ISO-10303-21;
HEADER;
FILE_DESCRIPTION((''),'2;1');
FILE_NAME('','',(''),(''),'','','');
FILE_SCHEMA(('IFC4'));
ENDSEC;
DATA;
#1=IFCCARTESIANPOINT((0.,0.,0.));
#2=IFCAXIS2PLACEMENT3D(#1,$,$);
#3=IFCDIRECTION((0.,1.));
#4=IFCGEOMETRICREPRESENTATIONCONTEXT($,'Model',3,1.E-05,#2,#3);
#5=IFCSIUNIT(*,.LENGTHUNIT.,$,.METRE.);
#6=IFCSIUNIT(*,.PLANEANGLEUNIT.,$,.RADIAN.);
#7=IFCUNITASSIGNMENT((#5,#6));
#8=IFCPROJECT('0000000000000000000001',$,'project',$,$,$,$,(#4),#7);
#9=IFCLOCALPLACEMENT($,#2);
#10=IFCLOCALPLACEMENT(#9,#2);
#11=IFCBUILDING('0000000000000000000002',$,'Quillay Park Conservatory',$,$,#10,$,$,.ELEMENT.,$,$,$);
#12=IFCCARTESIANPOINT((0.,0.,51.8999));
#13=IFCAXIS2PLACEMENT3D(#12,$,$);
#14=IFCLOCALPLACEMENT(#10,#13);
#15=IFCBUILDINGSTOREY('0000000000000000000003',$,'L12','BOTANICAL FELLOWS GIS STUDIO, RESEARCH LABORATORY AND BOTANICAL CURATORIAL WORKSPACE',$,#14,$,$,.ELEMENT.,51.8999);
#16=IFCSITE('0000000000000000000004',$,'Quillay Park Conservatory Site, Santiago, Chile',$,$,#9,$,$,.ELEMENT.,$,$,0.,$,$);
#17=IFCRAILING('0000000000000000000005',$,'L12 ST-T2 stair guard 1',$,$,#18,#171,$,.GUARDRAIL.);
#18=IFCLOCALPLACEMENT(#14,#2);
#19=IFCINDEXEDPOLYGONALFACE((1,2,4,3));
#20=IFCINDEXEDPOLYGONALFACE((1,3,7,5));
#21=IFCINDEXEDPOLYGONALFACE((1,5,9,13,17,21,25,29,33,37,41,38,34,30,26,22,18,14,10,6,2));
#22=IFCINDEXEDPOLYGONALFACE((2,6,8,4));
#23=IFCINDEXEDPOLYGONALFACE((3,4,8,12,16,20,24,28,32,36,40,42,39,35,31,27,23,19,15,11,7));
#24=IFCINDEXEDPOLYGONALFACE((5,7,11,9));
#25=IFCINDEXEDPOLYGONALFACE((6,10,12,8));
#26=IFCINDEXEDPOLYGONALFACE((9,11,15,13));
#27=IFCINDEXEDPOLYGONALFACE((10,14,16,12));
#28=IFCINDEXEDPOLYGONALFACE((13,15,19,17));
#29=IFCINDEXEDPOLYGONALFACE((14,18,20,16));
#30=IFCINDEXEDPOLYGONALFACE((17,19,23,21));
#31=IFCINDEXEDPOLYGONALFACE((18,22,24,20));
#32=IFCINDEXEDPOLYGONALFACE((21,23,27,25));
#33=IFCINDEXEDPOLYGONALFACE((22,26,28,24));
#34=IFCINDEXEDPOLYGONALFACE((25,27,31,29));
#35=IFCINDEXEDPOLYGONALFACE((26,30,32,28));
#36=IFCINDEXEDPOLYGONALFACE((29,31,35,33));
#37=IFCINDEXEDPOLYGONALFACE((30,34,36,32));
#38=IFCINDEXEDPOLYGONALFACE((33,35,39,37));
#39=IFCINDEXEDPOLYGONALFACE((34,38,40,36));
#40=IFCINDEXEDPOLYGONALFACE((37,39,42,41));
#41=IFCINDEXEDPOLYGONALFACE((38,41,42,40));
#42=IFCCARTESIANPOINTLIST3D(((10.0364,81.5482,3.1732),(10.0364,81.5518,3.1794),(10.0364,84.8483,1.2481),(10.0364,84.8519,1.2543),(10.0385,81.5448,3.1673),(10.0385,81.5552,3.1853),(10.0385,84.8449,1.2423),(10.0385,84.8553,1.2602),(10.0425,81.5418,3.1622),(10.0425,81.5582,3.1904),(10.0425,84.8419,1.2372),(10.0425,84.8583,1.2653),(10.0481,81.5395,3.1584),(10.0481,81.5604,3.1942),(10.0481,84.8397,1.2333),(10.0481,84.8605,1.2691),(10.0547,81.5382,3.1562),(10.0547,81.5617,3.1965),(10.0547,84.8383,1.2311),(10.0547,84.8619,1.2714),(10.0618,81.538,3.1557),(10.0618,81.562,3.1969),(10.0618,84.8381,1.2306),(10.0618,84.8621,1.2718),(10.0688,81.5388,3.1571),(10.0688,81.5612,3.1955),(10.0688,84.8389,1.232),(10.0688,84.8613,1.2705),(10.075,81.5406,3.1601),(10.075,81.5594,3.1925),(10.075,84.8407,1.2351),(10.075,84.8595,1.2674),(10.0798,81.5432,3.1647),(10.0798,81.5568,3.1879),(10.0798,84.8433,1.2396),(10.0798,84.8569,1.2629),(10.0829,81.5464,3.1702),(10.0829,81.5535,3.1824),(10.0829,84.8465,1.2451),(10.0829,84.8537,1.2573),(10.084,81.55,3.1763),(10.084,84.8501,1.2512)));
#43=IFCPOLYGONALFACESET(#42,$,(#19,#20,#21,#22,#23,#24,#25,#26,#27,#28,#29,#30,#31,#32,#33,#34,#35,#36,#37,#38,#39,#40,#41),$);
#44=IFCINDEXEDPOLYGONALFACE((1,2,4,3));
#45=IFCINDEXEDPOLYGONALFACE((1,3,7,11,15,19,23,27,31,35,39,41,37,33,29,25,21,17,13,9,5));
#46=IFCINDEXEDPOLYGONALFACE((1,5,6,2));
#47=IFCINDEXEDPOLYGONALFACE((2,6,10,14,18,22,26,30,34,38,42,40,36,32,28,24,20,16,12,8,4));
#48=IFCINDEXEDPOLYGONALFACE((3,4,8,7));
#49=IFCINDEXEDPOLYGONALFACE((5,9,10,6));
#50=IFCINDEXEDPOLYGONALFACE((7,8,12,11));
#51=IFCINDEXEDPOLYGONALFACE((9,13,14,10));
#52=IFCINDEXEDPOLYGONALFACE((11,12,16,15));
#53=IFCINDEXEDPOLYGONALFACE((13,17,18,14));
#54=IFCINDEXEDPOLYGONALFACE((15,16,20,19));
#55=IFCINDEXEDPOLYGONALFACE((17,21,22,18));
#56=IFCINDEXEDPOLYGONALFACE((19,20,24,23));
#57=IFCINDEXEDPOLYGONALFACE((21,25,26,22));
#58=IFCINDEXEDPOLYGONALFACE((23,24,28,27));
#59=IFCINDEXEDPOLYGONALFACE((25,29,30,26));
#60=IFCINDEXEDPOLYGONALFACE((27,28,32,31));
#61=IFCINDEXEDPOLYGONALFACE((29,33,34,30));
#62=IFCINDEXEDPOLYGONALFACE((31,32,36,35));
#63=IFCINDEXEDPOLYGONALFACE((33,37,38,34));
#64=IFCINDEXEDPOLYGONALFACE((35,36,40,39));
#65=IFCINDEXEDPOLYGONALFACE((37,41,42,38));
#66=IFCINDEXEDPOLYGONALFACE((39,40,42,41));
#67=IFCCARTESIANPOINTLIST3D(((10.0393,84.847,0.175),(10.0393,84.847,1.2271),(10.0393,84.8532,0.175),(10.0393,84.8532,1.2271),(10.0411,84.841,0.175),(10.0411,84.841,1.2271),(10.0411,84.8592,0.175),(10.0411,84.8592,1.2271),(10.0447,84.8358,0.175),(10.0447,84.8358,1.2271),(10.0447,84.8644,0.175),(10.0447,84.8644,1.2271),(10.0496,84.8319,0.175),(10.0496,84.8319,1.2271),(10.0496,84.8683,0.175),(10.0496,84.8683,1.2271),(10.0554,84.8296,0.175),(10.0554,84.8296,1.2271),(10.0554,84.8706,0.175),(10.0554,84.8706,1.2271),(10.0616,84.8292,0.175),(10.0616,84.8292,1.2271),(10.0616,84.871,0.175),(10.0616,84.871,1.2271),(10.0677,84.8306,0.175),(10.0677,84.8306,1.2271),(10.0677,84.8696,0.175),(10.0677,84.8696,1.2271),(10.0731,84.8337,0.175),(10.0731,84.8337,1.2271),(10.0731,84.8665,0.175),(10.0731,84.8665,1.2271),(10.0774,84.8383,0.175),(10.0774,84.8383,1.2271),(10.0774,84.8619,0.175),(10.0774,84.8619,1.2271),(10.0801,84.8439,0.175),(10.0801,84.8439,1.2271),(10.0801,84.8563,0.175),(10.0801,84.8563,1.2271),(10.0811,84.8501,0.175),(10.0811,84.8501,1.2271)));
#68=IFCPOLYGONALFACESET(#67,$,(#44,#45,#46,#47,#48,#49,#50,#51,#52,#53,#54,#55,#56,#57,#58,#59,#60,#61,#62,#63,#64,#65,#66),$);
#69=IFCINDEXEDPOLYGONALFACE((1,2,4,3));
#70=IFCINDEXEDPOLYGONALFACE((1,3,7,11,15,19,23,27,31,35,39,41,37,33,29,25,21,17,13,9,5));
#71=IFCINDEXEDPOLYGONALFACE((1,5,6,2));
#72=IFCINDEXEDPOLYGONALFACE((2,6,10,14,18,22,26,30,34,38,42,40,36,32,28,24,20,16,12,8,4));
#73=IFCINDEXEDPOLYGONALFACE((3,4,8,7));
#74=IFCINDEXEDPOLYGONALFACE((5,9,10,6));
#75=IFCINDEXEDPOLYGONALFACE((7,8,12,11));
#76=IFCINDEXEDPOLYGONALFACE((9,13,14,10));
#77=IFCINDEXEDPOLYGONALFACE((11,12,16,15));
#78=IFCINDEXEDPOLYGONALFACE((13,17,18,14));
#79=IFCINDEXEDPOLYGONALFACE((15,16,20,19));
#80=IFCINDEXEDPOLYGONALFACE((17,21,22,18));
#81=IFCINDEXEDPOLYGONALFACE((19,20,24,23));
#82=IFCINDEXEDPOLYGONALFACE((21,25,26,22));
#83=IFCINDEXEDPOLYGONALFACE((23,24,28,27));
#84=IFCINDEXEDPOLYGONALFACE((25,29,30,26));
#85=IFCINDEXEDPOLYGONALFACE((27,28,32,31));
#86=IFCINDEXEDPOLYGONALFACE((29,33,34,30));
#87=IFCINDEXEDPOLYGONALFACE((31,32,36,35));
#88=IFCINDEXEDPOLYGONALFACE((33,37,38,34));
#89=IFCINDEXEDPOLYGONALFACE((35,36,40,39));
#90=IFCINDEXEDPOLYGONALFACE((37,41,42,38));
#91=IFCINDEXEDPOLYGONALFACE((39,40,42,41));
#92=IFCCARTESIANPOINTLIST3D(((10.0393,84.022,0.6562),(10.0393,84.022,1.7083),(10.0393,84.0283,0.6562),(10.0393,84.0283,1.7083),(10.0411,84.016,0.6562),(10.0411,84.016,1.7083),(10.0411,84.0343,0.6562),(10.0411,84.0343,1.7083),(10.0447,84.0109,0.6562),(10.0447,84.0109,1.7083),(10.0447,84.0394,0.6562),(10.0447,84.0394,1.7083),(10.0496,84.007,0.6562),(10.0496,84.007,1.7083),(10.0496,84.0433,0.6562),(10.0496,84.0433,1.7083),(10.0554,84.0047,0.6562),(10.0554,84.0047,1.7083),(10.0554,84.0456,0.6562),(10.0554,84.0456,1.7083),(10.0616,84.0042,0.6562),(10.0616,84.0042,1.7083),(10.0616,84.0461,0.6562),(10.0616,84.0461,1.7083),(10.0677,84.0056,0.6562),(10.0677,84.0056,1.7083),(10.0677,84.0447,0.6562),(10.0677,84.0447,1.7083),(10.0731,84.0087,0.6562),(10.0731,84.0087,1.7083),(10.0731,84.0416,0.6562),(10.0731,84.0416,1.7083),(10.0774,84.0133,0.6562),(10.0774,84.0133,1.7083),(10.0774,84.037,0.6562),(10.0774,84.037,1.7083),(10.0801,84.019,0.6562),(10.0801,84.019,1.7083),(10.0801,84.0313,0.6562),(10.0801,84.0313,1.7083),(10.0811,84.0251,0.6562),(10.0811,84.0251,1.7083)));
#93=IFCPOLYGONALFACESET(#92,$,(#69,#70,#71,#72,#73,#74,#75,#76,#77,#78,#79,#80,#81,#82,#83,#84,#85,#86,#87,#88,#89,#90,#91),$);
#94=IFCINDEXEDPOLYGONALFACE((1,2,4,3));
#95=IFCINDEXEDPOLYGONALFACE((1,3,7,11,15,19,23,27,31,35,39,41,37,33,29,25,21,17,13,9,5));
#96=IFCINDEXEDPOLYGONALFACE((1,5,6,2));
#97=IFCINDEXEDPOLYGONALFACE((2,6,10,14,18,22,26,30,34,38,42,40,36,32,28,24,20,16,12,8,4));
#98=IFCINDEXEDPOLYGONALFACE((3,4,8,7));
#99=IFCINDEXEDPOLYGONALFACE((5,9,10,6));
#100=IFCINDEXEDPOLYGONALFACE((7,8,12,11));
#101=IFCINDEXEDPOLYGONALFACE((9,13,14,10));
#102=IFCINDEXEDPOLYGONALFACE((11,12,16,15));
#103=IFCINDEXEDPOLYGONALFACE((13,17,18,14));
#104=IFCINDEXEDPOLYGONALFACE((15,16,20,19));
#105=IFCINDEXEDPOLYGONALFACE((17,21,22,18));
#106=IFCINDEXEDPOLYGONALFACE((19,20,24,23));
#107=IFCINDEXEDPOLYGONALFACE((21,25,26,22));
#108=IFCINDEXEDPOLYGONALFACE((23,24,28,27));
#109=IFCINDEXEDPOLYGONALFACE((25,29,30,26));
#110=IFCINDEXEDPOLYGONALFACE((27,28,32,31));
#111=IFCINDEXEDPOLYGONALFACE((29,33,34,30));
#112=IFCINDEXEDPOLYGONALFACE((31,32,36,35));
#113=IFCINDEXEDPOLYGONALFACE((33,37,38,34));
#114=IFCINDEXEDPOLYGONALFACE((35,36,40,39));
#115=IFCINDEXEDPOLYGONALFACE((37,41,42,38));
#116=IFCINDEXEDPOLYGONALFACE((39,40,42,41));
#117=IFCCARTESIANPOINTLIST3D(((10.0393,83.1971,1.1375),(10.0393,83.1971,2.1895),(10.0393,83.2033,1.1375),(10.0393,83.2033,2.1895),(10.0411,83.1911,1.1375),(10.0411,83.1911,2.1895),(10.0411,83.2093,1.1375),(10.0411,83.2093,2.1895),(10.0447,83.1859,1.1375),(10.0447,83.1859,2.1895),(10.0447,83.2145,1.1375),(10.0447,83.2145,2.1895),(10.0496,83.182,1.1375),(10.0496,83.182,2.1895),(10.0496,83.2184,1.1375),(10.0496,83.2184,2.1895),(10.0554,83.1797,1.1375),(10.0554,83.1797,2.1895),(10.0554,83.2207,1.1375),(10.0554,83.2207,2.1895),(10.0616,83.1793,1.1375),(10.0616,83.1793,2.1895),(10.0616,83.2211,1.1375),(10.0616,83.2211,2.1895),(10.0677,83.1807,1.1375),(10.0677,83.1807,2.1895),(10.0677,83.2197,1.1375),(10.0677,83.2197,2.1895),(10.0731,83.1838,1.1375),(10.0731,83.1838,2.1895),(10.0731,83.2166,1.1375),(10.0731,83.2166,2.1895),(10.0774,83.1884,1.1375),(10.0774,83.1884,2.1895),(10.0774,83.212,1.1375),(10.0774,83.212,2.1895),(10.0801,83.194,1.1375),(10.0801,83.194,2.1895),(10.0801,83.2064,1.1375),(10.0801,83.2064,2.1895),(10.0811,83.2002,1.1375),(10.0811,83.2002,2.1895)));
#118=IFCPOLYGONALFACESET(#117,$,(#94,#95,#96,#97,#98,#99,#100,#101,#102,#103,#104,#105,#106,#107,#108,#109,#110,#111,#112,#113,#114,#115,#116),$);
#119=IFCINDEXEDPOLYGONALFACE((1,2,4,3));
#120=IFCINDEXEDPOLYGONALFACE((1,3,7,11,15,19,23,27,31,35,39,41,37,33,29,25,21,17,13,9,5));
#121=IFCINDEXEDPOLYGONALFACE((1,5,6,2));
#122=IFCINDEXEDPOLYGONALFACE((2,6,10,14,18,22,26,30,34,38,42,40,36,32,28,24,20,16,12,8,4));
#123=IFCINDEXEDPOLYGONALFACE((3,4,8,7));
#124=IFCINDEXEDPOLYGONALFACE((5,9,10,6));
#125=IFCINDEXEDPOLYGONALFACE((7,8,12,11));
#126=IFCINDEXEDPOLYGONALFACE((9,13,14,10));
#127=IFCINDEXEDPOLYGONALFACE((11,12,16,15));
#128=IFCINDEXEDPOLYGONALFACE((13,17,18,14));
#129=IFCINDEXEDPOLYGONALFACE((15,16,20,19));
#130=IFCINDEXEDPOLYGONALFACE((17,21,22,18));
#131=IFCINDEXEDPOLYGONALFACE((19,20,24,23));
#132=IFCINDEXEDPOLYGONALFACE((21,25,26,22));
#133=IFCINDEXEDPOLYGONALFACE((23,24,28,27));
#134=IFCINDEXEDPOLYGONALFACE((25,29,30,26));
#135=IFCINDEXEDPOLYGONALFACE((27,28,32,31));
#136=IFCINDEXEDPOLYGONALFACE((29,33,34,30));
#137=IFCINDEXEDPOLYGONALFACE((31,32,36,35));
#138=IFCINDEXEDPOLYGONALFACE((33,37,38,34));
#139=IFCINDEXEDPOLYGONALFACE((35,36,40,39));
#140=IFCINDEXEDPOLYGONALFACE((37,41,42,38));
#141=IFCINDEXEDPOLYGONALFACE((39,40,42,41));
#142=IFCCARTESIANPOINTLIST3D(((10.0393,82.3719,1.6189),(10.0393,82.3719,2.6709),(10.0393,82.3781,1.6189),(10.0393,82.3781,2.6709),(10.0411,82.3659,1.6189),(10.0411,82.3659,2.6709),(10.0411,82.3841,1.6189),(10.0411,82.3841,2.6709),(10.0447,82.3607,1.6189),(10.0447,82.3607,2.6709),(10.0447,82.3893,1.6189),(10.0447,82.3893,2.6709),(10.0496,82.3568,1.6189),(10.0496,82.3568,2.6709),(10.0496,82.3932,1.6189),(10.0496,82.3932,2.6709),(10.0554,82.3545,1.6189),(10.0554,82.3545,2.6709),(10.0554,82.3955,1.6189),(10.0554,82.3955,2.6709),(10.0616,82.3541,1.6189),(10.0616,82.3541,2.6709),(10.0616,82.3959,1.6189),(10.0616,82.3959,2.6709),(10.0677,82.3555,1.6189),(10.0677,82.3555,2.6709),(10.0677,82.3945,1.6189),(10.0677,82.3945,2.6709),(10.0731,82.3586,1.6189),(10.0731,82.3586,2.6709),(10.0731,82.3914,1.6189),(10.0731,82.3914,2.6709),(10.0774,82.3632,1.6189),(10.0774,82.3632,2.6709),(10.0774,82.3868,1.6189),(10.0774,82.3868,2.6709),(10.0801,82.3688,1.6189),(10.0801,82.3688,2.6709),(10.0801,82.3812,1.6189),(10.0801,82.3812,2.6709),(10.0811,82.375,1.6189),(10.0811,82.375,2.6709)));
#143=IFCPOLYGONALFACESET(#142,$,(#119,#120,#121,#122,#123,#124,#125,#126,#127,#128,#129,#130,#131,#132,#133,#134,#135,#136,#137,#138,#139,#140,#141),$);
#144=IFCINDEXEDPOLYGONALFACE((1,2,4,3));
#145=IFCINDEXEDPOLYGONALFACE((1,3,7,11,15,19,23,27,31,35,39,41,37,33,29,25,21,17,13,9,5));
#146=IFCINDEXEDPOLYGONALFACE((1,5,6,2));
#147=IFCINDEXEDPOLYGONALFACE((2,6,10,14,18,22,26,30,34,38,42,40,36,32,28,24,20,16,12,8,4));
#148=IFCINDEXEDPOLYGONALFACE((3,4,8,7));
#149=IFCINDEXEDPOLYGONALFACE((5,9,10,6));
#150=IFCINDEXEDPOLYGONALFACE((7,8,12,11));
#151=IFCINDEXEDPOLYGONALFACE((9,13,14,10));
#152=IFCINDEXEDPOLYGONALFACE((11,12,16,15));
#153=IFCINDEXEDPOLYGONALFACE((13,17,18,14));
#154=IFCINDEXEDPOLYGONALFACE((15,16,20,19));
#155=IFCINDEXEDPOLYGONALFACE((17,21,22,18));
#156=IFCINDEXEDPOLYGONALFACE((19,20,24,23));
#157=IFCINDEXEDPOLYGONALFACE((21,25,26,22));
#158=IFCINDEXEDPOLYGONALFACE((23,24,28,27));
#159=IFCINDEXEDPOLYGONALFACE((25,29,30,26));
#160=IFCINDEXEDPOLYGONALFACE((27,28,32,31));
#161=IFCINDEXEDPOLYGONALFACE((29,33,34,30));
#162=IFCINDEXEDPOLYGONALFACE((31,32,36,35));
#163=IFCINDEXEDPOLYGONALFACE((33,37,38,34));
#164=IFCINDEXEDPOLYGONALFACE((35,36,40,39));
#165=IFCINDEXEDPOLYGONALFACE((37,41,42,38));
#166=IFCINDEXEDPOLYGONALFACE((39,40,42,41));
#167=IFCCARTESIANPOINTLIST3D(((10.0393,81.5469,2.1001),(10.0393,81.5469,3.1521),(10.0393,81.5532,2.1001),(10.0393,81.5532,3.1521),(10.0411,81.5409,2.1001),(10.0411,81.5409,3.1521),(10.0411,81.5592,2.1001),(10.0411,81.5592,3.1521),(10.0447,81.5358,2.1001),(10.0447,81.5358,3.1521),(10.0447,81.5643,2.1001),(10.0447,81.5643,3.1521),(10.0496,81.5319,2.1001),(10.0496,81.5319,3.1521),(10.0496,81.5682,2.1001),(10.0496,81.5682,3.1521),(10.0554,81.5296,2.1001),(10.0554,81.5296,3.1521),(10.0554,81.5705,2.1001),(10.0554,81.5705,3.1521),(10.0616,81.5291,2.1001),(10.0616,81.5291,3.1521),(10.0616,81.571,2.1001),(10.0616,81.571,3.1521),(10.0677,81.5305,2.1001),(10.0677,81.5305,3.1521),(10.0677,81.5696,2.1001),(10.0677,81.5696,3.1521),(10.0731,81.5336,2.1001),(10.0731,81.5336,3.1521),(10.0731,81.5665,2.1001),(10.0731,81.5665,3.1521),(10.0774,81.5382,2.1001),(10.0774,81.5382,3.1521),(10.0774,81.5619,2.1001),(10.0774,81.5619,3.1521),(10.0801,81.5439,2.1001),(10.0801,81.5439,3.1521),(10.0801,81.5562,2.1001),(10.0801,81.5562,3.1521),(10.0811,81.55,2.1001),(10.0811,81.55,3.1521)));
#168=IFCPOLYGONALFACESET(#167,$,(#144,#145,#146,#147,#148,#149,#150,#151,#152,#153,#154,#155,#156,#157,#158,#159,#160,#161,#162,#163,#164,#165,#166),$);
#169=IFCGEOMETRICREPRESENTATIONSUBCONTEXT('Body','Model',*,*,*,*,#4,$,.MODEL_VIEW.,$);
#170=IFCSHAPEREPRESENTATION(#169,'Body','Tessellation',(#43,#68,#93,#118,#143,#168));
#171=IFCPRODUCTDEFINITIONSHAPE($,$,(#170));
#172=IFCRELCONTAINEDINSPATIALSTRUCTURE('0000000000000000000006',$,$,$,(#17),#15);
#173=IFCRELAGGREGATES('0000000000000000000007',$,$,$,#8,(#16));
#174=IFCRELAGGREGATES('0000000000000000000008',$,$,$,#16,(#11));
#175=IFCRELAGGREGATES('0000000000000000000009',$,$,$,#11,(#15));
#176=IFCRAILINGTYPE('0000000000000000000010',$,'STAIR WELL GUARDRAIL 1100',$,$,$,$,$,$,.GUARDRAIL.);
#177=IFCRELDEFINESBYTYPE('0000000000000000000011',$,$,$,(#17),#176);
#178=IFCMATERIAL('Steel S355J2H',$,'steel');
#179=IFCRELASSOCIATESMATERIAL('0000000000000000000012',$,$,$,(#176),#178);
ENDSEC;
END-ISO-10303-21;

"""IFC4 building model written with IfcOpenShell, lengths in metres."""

from ifc_helpers import new_model, si_unit, direction, frame, origin, origin_2d, place, context, subcontext, project, spatial, circle, extrude, material, type_object, element, save


model = new_model("IFC4")

# Units and contexts
model_context = context("Model", 3, precision=1e-05, world=origin(), true_north=direction((0.0, 1.0)))
body_context = subcontext(model_context, "Body", "Model", "MODEL_VIEW")
ifc_project = project(units=[si_unit("LENGTHUNIT", "METRE"), si_unit("PLANEANGLEUNIT", "RADIAN")], contexts=[model_context])

# Site, building, storey
site_placement = place(None, origin())
site = spatial("IfcSite", under=ifc_project, at=site_placement, Name="Quillay Park Conservatory Site, Santiago, Chile", CompositionType="ELEMENT", RefElevation=0.0)
building_placement = place(site_placement, origin())
building = spatial("IfcBuilding", under=site, at=building_placement, Name="Quillay Park Conservatory", CompositionType="ELEMENT")
storey_placement = place(building_placement, frame((0.0, 0.0, 51.8999)))
storey = spatial("IfcBuildingStorey", under=building, at=storey_placement, Name="L12", Description="BOTANICAL FELLOWS GIS STUDIO, RESEARCH LABORATORY AND BOTANICAL CURATORIAL WORKSPACE", CompositionType="ELEMENT", Elevation=51.8999)

# Railing
ifc_material_1 = material(Name="Steel S355J2H", Category="steel")
railing_type_1 = type_object("IfcRailingType", Name="STAIR WELL GUARDRAIL 1100", PredefinedType="GUARDRAIL", material=ifc_material_1)
railing_1_placement = place(storey_placement, frame((10.0601, 84.8501, 0.175)))
element("IfcRailing", 1, at=railing_1_placement, inside=storey, type_object=railing_type_1, Name="L12 ST-T2 stair guard 1", PredefinedType="GUARDRAIL", context=body_context, shape_type="SweptSolid", body=[
    extrude(circle(Radius=0.0239, at=origin_2d()), frame((0.0, 0.0, 1.0762), z_axis=(0.0, -0.863777, 0.503875), x_axis=(1.0, 0.0, 0.0)), (0.0, 0.0, 1.0), 3.8206),
    extrude(circle(Radius=0.021, at=origin_2d()), origin(), (0.0, 0.0, 1.0), 1.052),
    extrude(circle(Radius=0.021, at=origin_2d()), frame((0.0, -0.825, 0.4812)), (0.0, 0.0, 1.0), 1.052),
    extrude(circle(Radius=0.021, at=origin_2d()), frame((0.0, -1.6499, 0.9624)), (0.0, 0.0, 1.0), 1.052),
    extrude(circle(Radius=0.021, at=origin_2d()), frame((0.0, -2.4751, 1.4438)), (0.0, 0.0, 1.0), 1.052),
    extrude(circle(Radius=0.021, at=origin_2d()), frame((0.0, -3.3, 1.925)), (0.0, 0.0, 1.0), 1.052),
])

save(model, "model.ifc")
